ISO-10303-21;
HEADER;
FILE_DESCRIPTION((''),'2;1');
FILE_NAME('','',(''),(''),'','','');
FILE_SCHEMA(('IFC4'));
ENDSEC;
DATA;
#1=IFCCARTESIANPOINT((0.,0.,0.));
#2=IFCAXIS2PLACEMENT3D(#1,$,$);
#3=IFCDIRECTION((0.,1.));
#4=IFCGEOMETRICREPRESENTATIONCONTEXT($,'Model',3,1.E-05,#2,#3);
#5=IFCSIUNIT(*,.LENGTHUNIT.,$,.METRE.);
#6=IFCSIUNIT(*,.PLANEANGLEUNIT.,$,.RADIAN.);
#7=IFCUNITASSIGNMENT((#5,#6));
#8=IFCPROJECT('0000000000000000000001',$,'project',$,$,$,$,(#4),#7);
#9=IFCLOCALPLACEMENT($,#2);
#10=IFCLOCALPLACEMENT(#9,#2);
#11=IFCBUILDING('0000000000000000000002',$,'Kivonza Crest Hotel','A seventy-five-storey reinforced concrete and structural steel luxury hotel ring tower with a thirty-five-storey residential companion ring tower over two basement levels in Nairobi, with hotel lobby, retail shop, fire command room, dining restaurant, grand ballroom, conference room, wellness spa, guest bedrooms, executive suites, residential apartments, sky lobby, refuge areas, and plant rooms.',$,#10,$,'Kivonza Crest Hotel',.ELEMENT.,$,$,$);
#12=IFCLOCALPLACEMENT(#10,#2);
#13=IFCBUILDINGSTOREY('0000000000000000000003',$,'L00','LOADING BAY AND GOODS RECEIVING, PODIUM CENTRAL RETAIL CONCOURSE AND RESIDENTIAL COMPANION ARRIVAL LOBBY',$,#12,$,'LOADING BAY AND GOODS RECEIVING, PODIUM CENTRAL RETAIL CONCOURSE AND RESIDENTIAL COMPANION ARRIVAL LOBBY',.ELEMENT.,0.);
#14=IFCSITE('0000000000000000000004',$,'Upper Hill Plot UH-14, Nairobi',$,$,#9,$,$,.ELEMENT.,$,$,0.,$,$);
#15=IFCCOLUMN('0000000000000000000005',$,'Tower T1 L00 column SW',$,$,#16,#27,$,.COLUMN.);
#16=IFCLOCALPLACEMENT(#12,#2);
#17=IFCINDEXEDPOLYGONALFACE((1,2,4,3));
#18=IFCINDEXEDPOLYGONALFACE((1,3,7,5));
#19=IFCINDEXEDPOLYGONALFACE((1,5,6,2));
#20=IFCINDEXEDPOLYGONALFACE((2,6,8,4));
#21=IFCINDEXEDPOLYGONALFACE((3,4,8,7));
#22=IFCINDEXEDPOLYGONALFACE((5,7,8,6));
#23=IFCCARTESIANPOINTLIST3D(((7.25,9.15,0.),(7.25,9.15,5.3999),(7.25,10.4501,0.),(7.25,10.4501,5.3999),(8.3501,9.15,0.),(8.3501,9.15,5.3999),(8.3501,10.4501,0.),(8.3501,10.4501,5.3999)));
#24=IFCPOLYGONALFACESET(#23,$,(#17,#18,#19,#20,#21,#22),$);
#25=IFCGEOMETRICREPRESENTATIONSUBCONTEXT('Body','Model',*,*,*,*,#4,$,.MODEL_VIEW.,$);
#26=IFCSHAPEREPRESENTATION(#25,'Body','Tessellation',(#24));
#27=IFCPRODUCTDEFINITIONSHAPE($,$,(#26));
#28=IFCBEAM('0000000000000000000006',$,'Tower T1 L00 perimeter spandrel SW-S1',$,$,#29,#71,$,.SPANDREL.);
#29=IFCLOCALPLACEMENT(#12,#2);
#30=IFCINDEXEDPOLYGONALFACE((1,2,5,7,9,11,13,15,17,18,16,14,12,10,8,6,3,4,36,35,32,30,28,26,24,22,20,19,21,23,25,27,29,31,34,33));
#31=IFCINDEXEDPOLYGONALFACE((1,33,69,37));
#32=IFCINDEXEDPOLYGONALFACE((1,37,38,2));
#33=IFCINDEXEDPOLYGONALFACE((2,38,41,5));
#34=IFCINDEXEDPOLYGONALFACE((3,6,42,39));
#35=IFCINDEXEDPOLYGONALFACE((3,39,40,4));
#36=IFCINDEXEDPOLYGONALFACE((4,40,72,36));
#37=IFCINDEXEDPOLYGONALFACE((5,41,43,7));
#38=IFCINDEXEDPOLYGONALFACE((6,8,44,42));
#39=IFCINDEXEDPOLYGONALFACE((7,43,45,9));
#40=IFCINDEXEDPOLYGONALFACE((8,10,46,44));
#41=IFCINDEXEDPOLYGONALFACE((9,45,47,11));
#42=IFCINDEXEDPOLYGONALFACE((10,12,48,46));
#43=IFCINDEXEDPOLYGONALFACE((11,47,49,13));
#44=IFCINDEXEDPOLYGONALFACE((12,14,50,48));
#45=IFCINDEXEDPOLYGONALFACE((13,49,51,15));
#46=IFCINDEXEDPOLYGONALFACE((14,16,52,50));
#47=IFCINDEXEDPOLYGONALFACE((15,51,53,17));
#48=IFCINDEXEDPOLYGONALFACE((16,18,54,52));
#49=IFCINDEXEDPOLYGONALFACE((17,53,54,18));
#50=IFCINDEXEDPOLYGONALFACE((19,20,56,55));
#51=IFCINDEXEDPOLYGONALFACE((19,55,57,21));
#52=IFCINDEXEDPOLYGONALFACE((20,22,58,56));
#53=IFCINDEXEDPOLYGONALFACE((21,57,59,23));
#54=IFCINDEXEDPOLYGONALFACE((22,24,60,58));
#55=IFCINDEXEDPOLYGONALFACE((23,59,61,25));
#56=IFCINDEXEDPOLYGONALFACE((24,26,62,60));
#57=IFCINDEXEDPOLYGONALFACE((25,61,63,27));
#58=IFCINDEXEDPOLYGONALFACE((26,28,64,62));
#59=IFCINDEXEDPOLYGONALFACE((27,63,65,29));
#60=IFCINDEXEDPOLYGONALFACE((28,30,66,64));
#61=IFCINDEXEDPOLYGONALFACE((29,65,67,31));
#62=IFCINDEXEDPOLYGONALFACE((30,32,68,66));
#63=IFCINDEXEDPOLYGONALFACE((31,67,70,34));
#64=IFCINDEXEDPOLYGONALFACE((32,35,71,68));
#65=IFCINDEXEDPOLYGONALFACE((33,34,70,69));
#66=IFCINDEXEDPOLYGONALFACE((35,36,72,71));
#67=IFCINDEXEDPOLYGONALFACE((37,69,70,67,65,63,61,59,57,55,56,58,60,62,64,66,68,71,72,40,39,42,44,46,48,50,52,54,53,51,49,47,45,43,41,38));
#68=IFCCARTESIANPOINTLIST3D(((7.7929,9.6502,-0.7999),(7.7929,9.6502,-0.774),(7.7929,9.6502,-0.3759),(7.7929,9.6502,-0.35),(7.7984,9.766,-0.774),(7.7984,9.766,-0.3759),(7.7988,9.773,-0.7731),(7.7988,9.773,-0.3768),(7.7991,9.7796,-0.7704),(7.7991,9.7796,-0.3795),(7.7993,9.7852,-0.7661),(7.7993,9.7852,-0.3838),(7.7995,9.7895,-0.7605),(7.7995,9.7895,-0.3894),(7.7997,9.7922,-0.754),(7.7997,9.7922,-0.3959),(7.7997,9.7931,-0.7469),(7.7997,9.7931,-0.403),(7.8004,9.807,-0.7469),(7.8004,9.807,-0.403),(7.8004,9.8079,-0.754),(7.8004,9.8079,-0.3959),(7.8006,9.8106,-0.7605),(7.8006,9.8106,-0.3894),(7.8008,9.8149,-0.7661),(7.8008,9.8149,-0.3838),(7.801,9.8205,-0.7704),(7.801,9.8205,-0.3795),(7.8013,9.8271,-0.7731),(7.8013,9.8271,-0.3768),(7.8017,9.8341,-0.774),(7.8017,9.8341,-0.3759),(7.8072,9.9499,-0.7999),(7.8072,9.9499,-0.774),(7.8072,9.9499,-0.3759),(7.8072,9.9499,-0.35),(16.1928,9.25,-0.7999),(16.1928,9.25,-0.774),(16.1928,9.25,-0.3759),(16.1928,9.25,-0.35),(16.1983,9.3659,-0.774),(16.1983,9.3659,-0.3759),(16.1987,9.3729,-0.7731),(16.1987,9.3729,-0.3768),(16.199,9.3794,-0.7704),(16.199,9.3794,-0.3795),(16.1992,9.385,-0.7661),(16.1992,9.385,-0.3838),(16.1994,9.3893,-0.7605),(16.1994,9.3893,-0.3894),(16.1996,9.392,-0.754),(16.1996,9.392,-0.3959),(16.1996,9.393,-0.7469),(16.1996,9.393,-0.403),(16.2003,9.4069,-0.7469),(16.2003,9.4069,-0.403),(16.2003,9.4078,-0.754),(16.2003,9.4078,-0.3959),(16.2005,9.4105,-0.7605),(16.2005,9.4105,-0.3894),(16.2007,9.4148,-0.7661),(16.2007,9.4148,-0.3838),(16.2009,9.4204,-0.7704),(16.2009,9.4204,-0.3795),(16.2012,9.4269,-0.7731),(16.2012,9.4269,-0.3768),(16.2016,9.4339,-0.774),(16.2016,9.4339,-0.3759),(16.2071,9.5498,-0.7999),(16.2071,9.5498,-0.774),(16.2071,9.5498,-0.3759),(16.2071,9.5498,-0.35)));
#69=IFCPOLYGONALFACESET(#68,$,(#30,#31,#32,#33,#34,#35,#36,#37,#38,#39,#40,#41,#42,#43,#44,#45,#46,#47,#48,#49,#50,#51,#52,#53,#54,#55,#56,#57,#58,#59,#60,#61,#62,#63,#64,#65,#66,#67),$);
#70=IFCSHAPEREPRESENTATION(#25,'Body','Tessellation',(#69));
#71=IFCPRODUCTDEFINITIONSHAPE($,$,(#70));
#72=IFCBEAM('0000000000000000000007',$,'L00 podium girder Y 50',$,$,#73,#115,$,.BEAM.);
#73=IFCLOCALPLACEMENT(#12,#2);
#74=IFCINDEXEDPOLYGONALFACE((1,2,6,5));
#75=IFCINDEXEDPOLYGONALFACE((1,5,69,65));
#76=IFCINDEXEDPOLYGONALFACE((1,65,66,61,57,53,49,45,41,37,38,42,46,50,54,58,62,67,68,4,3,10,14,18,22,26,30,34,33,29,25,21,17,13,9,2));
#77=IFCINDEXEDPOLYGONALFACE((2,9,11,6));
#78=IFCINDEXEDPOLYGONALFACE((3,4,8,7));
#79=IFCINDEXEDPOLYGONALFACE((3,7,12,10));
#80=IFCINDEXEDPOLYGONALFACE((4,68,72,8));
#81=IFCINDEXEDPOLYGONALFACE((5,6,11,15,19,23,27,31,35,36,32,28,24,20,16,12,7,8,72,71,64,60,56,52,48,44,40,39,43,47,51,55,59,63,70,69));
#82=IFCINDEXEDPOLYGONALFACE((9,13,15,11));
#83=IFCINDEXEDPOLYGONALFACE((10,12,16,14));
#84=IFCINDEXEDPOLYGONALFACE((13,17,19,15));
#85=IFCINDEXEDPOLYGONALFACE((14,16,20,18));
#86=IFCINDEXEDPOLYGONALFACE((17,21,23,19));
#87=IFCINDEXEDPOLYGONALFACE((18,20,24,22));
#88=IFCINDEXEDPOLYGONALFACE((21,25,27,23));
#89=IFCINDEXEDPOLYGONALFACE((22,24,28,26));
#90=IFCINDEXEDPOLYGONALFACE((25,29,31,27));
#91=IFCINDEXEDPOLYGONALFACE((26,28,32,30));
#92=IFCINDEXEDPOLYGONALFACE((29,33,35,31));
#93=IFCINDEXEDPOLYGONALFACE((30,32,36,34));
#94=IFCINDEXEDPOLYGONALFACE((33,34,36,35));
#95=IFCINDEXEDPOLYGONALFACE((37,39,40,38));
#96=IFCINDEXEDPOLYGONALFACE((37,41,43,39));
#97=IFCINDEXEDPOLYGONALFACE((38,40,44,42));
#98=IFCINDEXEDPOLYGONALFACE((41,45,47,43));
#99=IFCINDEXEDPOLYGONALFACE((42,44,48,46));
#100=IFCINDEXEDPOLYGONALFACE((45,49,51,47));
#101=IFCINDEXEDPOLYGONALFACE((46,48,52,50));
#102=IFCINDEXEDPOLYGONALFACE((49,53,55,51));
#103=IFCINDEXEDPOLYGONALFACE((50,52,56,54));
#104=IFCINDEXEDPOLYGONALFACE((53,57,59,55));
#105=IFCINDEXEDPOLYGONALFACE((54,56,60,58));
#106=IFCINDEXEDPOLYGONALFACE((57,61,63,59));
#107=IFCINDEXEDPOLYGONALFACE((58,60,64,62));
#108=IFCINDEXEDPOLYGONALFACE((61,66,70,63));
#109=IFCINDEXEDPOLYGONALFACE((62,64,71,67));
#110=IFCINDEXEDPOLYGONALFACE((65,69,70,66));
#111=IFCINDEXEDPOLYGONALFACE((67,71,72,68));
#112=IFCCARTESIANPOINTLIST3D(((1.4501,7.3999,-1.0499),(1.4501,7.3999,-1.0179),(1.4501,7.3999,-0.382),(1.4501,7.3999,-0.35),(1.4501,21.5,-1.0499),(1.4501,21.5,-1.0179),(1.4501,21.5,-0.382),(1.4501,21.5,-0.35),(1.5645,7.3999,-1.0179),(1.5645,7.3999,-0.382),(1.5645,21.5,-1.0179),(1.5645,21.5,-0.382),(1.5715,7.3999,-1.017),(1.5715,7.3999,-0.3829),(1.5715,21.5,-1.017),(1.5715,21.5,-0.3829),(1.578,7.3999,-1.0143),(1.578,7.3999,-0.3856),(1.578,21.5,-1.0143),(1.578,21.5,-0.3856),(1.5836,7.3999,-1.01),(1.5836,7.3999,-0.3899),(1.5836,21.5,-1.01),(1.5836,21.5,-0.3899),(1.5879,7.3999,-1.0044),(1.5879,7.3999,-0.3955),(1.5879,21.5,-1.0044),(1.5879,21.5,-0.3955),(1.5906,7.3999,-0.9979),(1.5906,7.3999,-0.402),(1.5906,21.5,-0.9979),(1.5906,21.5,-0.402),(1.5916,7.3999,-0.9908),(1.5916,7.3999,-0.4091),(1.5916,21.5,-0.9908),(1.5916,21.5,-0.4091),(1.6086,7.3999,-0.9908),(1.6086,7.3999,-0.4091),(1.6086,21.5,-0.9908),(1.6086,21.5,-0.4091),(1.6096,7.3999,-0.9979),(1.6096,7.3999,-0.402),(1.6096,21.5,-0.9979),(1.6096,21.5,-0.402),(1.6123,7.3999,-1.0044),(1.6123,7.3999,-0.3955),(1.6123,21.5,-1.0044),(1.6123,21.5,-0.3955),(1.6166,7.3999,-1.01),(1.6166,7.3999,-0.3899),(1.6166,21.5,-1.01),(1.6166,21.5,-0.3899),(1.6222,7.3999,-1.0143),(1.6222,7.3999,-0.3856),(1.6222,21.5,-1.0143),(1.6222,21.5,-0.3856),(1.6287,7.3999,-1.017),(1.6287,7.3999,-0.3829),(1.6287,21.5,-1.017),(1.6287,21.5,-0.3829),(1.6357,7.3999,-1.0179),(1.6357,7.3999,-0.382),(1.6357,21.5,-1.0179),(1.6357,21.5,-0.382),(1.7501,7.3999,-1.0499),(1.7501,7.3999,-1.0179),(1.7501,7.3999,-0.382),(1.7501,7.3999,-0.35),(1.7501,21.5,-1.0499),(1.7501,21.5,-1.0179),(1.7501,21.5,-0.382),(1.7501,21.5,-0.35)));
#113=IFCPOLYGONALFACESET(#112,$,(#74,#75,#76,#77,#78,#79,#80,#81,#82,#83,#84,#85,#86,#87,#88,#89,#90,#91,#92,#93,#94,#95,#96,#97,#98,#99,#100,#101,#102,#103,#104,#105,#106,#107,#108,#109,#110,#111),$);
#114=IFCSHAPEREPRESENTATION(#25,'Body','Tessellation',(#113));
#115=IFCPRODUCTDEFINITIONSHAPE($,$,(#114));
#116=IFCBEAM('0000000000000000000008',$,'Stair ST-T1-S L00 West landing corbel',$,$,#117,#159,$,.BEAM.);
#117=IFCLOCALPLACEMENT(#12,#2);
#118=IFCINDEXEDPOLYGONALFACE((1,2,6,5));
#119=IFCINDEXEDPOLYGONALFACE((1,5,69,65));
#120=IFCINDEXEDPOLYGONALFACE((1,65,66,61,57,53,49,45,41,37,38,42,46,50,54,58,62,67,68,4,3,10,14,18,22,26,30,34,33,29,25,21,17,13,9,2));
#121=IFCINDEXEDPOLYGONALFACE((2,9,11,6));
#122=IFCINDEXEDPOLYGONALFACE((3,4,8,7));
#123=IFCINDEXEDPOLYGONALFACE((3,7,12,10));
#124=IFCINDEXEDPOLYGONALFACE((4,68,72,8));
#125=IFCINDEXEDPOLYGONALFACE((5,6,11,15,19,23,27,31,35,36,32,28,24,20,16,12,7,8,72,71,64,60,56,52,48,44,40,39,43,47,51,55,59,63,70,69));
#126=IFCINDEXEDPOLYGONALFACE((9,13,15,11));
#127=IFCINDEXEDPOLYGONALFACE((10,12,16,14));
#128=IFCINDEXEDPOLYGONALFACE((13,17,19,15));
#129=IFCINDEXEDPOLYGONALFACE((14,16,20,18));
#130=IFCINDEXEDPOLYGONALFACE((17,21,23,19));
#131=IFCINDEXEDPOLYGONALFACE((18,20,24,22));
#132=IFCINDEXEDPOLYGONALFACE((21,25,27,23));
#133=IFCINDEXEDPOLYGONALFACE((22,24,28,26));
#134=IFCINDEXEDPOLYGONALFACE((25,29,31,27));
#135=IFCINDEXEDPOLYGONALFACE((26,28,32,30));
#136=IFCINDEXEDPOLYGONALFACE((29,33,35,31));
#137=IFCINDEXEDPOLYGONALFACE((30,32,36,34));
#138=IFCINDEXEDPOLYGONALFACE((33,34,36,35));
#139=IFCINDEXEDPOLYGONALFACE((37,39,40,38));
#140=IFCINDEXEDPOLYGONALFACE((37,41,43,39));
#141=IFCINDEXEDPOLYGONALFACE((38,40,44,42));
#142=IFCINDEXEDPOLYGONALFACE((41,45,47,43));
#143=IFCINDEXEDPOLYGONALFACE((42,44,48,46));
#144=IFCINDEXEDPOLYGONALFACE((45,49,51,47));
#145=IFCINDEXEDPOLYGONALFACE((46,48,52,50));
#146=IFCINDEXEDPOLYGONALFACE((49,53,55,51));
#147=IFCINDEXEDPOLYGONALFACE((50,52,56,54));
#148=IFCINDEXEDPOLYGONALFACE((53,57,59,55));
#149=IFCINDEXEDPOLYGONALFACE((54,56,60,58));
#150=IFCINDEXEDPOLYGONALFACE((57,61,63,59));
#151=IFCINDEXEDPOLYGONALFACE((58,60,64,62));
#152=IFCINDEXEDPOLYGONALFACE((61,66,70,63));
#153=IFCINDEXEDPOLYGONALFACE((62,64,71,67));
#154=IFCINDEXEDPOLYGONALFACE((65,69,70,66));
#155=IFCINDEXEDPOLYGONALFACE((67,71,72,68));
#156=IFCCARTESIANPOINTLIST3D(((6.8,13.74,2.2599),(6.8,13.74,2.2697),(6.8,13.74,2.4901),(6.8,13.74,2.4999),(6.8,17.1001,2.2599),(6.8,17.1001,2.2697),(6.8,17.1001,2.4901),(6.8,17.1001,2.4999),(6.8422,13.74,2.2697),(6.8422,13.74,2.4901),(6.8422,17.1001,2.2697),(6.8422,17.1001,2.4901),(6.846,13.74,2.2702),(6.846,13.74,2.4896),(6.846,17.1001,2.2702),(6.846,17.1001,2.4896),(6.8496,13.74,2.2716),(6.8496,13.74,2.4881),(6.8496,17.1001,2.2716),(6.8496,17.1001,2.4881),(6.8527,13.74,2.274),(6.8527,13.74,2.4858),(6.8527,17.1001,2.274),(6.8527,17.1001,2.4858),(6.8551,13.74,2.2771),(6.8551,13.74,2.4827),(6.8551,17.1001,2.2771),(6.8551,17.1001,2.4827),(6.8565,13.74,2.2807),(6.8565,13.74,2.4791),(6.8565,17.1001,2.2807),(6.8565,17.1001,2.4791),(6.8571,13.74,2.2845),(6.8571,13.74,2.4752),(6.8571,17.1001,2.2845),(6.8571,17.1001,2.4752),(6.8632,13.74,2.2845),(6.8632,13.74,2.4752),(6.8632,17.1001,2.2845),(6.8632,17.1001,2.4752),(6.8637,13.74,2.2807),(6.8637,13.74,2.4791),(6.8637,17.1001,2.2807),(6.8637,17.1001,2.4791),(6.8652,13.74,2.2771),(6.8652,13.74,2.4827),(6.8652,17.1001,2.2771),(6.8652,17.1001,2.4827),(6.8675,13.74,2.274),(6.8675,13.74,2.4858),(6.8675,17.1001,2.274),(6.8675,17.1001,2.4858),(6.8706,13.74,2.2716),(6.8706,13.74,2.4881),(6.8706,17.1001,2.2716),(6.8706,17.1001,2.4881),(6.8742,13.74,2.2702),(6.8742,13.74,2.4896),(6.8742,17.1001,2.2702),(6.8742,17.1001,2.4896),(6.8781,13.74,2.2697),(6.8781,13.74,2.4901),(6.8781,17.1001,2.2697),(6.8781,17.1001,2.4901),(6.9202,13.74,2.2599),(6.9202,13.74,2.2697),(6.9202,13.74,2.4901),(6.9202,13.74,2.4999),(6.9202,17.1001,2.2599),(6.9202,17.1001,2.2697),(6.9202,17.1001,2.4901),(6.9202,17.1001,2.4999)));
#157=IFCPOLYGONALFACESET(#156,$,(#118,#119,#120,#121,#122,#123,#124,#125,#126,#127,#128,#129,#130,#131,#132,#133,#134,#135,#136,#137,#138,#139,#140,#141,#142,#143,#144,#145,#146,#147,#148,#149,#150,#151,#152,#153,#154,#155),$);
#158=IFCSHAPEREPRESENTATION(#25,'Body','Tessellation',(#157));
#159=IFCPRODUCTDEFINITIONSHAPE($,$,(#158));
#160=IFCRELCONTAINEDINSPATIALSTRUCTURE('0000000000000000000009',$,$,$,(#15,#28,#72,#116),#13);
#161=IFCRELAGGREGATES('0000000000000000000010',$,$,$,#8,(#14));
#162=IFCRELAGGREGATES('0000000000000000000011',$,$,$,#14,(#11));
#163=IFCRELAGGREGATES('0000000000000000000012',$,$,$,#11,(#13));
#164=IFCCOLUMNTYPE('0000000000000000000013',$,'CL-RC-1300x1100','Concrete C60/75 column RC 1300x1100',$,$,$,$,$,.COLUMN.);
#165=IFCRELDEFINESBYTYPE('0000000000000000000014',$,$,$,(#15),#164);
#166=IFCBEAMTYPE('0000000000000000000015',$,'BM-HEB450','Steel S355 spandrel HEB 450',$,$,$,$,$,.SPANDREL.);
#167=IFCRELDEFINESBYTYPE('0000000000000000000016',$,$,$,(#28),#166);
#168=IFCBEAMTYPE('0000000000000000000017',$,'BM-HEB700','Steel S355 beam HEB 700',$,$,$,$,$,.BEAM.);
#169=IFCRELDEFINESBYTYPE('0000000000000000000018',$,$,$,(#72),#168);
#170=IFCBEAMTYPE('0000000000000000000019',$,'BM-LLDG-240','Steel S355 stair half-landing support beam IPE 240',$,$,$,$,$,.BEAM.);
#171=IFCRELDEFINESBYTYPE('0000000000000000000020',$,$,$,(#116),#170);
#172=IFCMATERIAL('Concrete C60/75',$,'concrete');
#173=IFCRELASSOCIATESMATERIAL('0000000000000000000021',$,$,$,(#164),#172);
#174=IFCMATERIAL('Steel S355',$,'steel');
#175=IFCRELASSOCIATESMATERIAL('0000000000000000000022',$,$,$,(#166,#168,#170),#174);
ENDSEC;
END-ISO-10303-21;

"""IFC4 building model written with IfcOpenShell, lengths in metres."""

from ifc_helpers import new_model, si_unit, direction, frame, origin, origin_2d, place, context, subcontext, project, spatial, rectangle, i_section, extrude, material, material_profile, profile_set, type_object, element, save


model = new_model("IFC4")

# Units and contexts
model_context = context("Model", 3, precision=1e-05, world=origin(), true_north=direction((0.0, 1.0)))
body_context = subcontext(model_context, "Body", "Model", "MODEL_VIEW")
ifc_project = project(units=[si_unit("LENGTHUNIT", "METRE"), si_unit("PLANEANGLEUNIT", "RADIAN")], contexts=[model_context])

# Site, building, storey
site_placement = place(None, origin())
site = spatial("IfcSite", under=ifc_project, at=site_placement, Name="Upper Hill Plot UH-14, Nairobi", CompositionType="ELEMENT", RefElevation=0.0)
building_placement = place(site_placement, origin())
building = spatial("IfcBuilding", under=site, at=building_placement, Name="Kivonza Crest Hotel", Description="A seventy-five-storey reinforced concrete and structural steel luxury hotel ring tower with a thirty-five-storey residential companion ring tower over two basement levels in Nairobi, with hotel lobby, retail shop, fire command room, dining restaurant, grand ballroom, conference room, wellness spa, guest bedrooms, executive suites, residential apartments, sky lobby, refuge areas, and plant rooms.", LongName="Kivonza Crest Hotel", CompositionType="ELEMENT")
storey_placement = place(building_placement, origin())
storey = spatial("IfcBuildingStorey", under=building, at=storey_placement, Name="L00", Description="LOADING BAY AND GOODS RECEIVING, PODIUM CENTRAL RETAIL CONCOURSE AND RESIDENTIAL COMPANION ARRIVAL LOBBY", LongName="LOADING BAY AND GOODS RECEIVING, PODIUM CENTRAL RETAIL CONCOURSE AND RESIDENTIAL COMPANION ARRIVAL LOBBY", CompositionType="ELEMENT", Elevation=0.0)

# Column
ifc_material_1 = material(Name="Concrete C60/75", Category="concrete")
ifc_material_profile_1 = material_profile(ifc_material_1, rectangle(XDim=1.1001, YDim=1.3, at=origin_2d()), Name="RC 1300x1100")
ifc_profile_set_1 = profile_set([ifc_material_profile_1], Name="Concrete C60/75")
column_type = type_object("IfcColumnType", Name="CL-RC-1300x1100", Description="Concrete C60/75 column RC 1300x1100", PredefinedType="COLUMN", material=ifc_profile_set_1)
column_placement = place(storey_placement, frame((7.8, 9.8, 0.0), z_axis=(0.0, 0.0, 1.0), x_axis=(1.0, 0.0, 0.0)))
element("IfcColumn", 1, at=column_placement, inside=storey, type_object=column_type, Name="Tower T1 L00 column SW", PredefinedType="COLUMN", context=body_context, shape_type="SweptSolid", body=[
    extrude(rectangle(XDim=1.1001, YDim=1.3, at=origin_2d()), origin(), (0.0, 0.0, 1.0), 5.3999),
])

# Beams
ifc_material_2 = material(Name="Steel S355", Category="steel")
ifc_material_profile_2 = material_profile(ifc_material_2, i_section(OverallWidth=0.3, OverallDepth=0.45, WebThickness=0.0139, FlangeThickness=0.0259, FilletRadius=0.0271, at=origin_2d()), Name="HEB 450")
ifc_profile_set_2 = profile_set([ifc_material_profile_2], Name="Steel S355")
beam_type_1 = type_object("IfcBeamType", Name="BM-HEB450", Description="Steel S355 spandrel HEB 450", PredefinedType="SPANDREL", material=ifc_profile_set_2)
beam_1_placement = place(storey_placement, frame((7.8, 9.8, -0.575), z_axis=(0.998867, -0.047583, 0.0), x_axis=(0.047583, 0.998867, 0.0)))
element("IfcBeam", 2, at=beam_1_placement, inside=storey, type_object=beam_type_1, Name="Tower T1 L00 perimeter spandrel SW-S1", PredefinedType="SPANDREL", context=body_context, shape_type="SweptSolid", body=[
    extrude(i_section(OverallWidth=0.3, OverallDepth=0.45, WebThickness=0.0139, FlangeThickness=0.0259, FilletRadius=0.0271, at=origin_2d()), origin(), (0.0, 0.0, 1.0), 8.4094),
])
ifc_material_profile_3 = material_profile(ifc_material_2, i_section(OverallWidth=0.3, OverallDepth=0.7, WebThickness=0.0171, FlangeThickness=0.032, FilletRadius=0.0271, at=origin_2d()), Name="HEB 700")
ifc_profile_set_3 = profile_set([ifc_material_profile_3], Name="Steel S355")
beam_type_2 = type_object("IfcBeamType", Name="BM-HEB700", Description="Steel S355 beam HEB 700", PredefinedType="BEAM", material=ifc_profile_set_3)
beam_2_placement = place(storey_placement, frame((1.6001, 7.3999, -0.7), z_axis=(0.0, 1.0, 0.0), x_axis=(-1.0, 0.0, 0.0)))
element("IfcBeam", 3, at=beam_2_placement, inside=storey, type_object=beam_type_2, Name="L00 podium girder Y 50", PredefinedType="BEAM", context=body_context, shape_type="SweptSolid", body=[
    extrude(i_section(OverallWidth=0.3, OverallDepth=0.7, WebThickness=0.0171, FlangeThickness=0.032, FilletRadius=0.0271, at=origin_2d()), origin(), (0.0, 0.0, 1.0), 14.1001),
])
ifc_material_profile_4 = material_profile(ifc_material_2, i_section(OverallWidth=0.1201, OverallDepth=0.24, WebThickness=0.0061, FlangeThickness=0.0098, FilletRadius=0.0149, at=origin_2d()), Name="IPE 240")
ifc_profile_set_4 = profile_set([ifc_material_profile_4], Name="Steel S355")
beam_type_3 = type_object("IfcBeamType", Name="BM-LLDG-240", Description="Steel S355 stair half-landing support beam IPE 240", PredefinedType="BEAM", material=ifc_profile_set_4)
beam_3_placement = place(storey_placement, frame((6.8601, 13.74, 2.3799), z_axis=(0.0, 1.0, 0.0), x_axis=(-1.0, 0.0, 0.0)))
element("IfcBeam", 4, at=beam_3_placement, inside=storey, type_object=beam_type_3, Name="Stair ST-T1-S L00 West landing corbel", PredefinedType="BEAM", context=body_context, shape_type="SweptSolid", body=[
    extrude(i_section(OverallWidth=0.1201, OverallDepth=0.24, WebThickness=0.0061, FlangeThickness=0.0098, FilletRadius=0.0149, at=origin_2d()), origin(), (0.0, 0.0, 1.0), 3.3601),
])

save(model, "model.ifc")
